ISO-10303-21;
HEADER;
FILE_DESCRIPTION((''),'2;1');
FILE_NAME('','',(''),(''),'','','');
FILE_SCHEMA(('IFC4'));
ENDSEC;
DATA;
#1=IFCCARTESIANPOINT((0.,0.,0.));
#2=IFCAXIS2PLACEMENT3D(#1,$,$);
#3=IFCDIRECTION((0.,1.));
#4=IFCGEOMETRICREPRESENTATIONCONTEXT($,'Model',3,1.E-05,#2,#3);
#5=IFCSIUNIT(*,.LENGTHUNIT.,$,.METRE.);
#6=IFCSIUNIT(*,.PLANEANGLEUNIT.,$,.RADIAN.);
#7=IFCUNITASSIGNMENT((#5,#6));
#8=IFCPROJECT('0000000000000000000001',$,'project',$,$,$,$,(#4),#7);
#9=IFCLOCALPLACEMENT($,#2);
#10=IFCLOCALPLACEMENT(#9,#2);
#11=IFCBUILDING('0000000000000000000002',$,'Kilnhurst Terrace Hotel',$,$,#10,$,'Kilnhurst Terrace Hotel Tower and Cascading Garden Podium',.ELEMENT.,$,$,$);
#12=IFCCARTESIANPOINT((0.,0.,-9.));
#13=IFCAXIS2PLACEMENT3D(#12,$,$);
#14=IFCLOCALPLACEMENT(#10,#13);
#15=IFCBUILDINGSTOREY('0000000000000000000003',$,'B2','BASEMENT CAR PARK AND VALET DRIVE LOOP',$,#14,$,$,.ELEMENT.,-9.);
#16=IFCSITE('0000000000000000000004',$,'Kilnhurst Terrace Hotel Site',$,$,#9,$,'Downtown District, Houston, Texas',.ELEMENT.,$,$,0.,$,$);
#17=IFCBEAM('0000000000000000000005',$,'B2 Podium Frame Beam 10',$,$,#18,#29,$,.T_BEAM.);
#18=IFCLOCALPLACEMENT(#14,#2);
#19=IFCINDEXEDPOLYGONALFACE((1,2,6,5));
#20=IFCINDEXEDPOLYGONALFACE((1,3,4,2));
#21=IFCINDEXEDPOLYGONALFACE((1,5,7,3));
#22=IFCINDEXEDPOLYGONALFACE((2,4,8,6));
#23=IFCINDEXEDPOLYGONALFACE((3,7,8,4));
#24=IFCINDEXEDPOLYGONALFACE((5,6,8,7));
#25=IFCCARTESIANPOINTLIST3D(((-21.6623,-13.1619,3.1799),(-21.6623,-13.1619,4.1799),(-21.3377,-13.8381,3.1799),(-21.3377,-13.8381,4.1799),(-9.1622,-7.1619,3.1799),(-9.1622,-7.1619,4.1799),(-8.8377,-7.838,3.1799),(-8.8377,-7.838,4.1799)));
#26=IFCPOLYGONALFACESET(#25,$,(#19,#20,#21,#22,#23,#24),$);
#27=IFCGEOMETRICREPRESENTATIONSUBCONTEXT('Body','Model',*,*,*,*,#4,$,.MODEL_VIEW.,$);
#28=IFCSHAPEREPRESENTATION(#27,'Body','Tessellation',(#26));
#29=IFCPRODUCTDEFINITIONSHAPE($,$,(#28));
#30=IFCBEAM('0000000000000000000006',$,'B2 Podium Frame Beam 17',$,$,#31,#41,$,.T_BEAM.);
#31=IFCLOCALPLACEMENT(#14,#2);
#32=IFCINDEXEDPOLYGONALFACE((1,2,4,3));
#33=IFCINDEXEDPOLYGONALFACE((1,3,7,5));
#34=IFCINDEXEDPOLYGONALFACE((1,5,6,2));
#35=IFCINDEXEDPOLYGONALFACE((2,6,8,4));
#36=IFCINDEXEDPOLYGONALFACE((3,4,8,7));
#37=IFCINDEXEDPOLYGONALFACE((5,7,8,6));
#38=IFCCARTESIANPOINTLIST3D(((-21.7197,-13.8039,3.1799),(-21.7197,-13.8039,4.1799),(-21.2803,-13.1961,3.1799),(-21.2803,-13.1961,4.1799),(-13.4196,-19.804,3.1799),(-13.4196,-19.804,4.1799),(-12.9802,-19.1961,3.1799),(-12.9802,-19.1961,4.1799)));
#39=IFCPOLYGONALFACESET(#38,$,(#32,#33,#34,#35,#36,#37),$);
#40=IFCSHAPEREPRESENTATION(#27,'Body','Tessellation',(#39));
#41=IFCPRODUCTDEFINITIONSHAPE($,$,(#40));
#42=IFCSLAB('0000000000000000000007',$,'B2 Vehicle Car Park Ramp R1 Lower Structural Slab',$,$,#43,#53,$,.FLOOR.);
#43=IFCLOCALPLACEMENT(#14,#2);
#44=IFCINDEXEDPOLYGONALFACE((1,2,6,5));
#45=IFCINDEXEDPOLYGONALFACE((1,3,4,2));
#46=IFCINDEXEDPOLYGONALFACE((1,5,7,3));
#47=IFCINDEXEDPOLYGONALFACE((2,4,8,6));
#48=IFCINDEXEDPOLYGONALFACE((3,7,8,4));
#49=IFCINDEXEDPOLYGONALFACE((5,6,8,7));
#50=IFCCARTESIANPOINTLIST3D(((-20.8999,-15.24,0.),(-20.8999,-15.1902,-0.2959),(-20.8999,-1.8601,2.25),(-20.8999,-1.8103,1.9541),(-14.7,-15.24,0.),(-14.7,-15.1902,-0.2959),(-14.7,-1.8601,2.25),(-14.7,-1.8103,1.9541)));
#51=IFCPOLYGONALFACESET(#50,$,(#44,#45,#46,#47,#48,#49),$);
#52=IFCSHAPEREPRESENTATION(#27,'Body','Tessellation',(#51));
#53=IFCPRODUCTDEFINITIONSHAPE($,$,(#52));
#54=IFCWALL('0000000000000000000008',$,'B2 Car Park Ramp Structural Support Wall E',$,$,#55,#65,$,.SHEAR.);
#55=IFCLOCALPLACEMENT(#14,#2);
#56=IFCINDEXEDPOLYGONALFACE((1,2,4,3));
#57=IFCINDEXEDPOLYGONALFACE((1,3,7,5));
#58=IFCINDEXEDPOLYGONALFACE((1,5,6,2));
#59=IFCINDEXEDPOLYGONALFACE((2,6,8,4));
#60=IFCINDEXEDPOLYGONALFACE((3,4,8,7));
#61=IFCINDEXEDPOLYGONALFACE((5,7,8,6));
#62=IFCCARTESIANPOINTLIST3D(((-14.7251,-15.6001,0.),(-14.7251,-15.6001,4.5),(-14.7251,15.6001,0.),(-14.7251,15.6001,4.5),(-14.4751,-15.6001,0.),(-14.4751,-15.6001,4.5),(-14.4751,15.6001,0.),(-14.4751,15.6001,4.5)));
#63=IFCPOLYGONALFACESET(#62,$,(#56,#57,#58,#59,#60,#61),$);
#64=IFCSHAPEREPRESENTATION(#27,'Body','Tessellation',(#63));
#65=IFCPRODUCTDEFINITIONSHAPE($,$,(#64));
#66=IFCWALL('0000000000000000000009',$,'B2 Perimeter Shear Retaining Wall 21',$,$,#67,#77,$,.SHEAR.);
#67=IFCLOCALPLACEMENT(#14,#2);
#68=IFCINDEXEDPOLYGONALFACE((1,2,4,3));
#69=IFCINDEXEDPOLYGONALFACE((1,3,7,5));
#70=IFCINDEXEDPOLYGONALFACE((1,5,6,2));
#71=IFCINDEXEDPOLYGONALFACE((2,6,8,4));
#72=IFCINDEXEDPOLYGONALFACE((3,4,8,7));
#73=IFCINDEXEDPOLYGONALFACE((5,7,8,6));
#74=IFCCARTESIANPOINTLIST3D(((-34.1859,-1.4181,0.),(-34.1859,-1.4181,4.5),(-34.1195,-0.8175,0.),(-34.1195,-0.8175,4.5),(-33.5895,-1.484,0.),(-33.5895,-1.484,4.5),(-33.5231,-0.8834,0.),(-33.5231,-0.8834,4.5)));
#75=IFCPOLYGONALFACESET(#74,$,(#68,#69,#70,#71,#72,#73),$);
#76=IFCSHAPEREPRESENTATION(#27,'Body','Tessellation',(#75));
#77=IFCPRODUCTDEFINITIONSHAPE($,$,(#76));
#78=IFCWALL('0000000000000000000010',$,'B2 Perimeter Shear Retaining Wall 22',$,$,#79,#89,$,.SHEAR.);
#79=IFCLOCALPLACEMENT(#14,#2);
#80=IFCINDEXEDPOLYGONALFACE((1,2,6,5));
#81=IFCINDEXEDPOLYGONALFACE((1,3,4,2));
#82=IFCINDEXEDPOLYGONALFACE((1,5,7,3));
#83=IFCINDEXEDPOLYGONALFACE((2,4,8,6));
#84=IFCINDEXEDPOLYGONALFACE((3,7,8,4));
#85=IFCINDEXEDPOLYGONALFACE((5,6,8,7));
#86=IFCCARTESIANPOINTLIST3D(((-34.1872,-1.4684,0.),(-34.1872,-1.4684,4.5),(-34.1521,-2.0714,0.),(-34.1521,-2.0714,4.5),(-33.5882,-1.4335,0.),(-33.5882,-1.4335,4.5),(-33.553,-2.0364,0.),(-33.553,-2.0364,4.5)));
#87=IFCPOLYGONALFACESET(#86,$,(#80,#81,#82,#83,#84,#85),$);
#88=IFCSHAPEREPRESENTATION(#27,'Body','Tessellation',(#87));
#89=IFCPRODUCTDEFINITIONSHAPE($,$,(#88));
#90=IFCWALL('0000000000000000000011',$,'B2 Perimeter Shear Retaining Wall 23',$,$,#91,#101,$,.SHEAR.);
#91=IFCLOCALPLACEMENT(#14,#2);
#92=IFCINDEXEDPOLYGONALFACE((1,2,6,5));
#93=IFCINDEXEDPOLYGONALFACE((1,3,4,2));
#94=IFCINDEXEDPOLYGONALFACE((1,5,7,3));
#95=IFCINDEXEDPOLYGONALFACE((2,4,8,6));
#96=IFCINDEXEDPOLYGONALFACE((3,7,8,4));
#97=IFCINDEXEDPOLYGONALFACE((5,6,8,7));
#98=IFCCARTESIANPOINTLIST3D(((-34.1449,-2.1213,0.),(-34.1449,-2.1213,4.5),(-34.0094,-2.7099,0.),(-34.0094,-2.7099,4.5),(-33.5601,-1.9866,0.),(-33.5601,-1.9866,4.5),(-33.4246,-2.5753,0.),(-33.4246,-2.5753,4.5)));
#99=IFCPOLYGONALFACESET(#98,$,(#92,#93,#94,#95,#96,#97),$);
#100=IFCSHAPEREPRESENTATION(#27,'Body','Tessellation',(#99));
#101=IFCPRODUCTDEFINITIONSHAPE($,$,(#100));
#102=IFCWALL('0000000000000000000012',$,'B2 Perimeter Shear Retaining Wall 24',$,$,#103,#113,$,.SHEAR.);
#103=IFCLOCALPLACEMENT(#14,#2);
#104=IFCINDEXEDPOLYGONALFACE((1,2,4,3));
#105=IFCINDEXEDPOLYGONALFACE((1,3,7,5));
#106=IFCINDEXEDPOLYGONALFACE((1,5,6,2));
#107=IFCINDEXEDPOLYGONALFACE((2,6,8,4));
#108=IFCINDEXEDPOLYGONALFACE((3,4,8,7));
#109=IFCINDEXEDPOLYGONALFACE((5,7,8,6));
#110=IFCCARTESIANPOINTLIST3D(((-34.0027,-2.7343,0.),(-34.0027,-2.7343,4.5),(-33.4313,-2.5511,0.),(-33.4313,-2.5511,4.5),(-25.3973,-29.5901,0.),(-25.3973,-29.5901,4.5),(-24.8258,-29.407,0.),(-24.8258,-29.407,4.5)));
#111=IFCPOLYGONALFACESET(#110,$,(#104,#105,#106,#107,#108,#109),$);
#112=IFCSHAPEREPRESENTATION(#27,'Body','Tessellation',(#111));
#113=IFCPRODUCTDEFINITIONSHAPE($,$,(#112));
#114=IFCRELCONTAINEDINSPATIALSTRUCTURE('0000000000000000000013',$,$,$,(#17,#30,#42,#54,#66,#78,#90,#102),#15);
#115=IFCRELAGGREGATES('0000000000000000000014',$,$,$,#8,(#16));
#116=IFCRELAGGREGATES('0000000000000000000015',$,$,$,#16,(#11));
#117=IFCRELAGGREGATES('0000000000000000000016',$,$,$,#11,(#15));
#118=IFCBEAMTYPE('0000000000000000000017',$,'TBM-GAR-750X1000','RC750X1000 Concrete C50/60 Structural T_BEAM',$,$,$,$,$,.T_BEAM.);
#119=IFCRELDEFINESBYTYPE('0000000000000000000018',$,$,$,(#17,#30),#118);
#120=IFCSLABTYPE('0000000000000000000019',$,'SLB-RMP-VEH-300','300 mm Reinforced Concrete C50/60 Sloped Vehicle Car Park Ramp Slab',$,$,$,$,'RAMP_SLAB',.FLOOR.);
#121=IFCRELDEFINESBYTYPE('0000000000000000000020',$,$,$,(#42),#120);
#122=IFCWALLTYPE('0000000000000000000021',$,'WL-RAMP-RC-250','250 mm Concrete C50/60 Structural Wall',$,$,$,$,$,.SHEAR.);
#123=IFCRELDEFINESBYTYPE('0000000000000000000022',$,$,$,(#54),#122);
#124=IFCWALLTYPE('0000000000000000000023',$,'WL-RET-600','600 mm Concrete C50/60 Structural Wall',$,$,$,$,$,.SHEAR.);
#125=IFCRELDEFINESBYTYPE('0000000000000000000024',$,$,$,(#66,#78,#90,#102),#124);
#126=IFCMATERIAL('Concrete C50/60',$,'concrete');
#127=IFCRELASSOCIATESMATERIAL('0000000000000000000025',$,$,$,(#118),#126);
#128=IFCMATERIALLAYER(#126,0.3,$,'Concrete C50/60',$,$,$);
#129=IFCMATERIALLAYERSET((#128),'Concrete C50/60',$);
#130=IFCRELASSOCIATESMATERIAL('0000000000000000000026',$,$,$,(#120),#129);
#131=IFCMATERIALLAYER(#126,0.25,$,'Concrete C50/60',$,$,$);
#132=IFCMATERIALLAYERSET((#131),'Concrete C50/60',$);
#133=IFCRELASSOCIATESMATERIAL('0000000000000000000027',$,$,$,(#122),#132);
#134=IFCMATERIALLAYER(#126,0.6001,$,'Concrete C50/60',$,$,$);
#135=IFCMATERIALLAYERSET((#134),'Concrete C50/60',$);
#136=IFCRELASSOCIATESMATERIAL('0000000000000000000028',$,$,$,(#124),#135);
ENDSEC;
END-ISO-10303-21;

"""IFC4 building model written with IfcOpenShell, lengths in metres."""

from ifc_helpers import new_model, si_unit, direction, frame, frame_2d, origin, origin_2d, place, context, subcontext, project, spatial, polyline, rectangle, outline, extrude, material, layer, layer_set, material_profile, profile_set, type_object, element, save


model = new_model("IFC4")

# Units and contexts
model_context = context("Model", 3, precision=1e-05, world=origin(), true_north=direction((0.0, 1.0)))
body_context = subcontext(model_context, "Body", "Model", "MODEL_VIEW")
ifc_project = project(units=[si_unit("LENGTHUNIT", "METRE"), si_unit("PLANEANGLEUNIT", "RADIAN")], contexts=[model_context])

# Site, building, storey
site_placement = place(None, origin())
site = spatial("IfcSite", under=ifc_project, at=site_placement, Name="Kilnhurst Terrace Hotel Site", LongName="Downtown District, Houston, Texas", CompositionType="ELEMENT", RefElevation=0.0)
building_placement = place(site_placement, origin())
building = spatial("IfcBuilding", under=site, at=building_placement, Name="Kilnhurst Terrace Hotel", LongName="Kilnhurst Terrace Hotel Tower and Cascading Garden Podium", CompositionType="ELEMENT")
storey_placement = place(building_placement, frame((0.0, 0.0, -9.0)))
storey = spatial("IfcBuildingStorey", under=building, at=storey_placement, Name="B2", Description="BASEMENT CAR PARK AND VALET DRIVE LOOP", CompositionType="ELEMENT", Elevation=-9.0)

# Shared definitions
ifc_material_1 = material(Name="Concrete C50/60", Category="concrete")

# Beams
ifc_material_profile_1 = material_profile(ifc_material_1, rectangle(XDim=0.75, YDim=1.0, at=origin_2d()), Name="RC750X1000")
ifc_profile_set_1 = profile_set([ifc_material_profile_1], Name="Concrete C50/60")
beam_type = type_object("IfcBeamType", Name="TBM-GAR-750X1000", Description="RC750X1000 Concrete C50/60 Structural T_BEAM", PredefinedType="T_BEAM", material=ifc_profile_set_1)
beam_1_placement = place(storey_placement, frame((-21.5, -13.5, 3.6799), z_axis=(0.901523, 0.432731, 0.0), x_axis=(-0.432731, 0.901523, 0.0)))
element("IfcBeam", 1, at=beam_1_placement, inside=storey, type_object=beam_type, Name="B2 Podium Frame Beam 10", PredefinedType="T_BEAM", context=body_context, shape_type="SweptSolid", body=[
    extrude(rectangle(XDim=0.75, YDim=1.0, at=origin_2d()), origin(), (0.0, 0.0, 1.0), 13.8655),
])
beam_2_placement = place(storey_placement, frame((-21.5, -13.5, 3.6799), z_axis=(0.810423, -0.585845, 0.0), x_axis=(0.585845, 0.810423, 0.0)))
element("IfcBeam", 2, at=beam_2_placement, inside=storey, type_object=beam_type, Name="B2 Podium Frame Beam 17", PredefinedType="T_BEAM", context=body_context, shape_type="SweptSolid", body=[
    extrude(rectangle(XDim=0.75, YDim=1.0, at=origin_2d()), origin(), (0.0, 0.0, 1.0), 10.2417),
])

# Slab
ifc_layer_1 = layer(ifc_material_1, 0.3, Name="Concrete C50/60")
ifc_layer_set_1 = layer_set([ifc_layer_1], Name="Concrete C50/60")
slab_type = type_object("IfcSlabType", Name="SLB-RMP-VEH-300", Description="300 mm Reinforced Concrete C50/60 Sloped Vehicle Car Park Ramp Slab", ElementType="RAMP_SLAB", PredefinedType="FLOOR", material=ifc_layer_set_1)
slab_placement = place(storey_placement, frame((-20.8999, -15.24, 0.0), z_axis=(0.0, -0.165834, 0.986154), x_axis=(1.0, 0.0, 0.0)))
element("IfcSlab", 3, at=slab_placement, inside=storey, type_object=slab_type, Name="B2 Vehicle Car Park Ramp R1 Lower Structural Slab", PredefinedType="FLOOR", context=body_context, shape_type="SweptSolid", body=[
    extrude(outline(polyline([(0.0, 0.0), (6.2, 0.0), (6.2, 13.5677), (0.0, 13.5677), (0.0, 0.0)])), origin(), (0.0, 0.0, -1.0), 0.3),
])

# Walls
ifc_layer_2 = layer(ifc_material_1, 0.25, Name="Concrete C50/60")
ifc_layer_set_2 = layer_set([ifc_layer_2], Name="Concrete C50/60")
wall_type_1 = type_object("IfcWallType", Name="WL-RAMP-RC-250", Description="250 mm Concrete C50/60 Structural Wall", PredefinedType="SHEAR", material=ifc_layer_set_2)
wall_1_placement = place(storey_placement, frame((-14.6001, -15.6001, 0.0), z_axis=(0.0, 0.0, 1.0), x_axis=(0.0, 1.0, 0.0)))
element("IfcWall", 4, at=wall_1_placement, inside=storey, type_object=wall_type_1, Name="B2 Car Park Ramp Structural Support Wall E", PredefinedType="SHEAR", context=body_context, shape_type="SweptSolid", body=[
    extrude(rectangle(XDim=31.2002, YDim=0.25, at=frame_2d((15.6001, 0.0))), origin(), (0.0, 0.0, 1.0), 4.5),
])
ifc_layer_3 = layer(ifc_material_1, 0.6001, Name="Concrete C50/60")
ifc_layer_set_3 = layer_set([ifc_layer_3], Name="Concrete C50/60")
wall_type_2 = type_object("IfcWallType", Name="WL-RET-600", Description="600 mm Concrete C50/60 Structural Wall", PredefinedType="SHEAR", material=ifc_layer_set_3)
wall_2_placement = place(storey_placement, frame((-33.8213, -0.8503, 0.0), z_axis=(0.0, 0.0, 1.0), x_axis=(-0.109899, -0.993943, 0.0)))
element("IfcWall", 5, at=wall_2_placement, inside=storey, type_object=wall_type_2, Name="B2 Perimeter Shear Retaining Wall 21", PredefinedType="SHEAR", context=body_context, shape_type="SweptSolid", body=[
    extrude(rectangle(XDim=0.6042, YDim=0.6001, at=frame_2d((0.3022, 0.0))), origin(), (0.0, 0.0, 1.0), 4.5),
])
for number, where, z_axis, x_axis, name in (
    (6, (-33.8877, -1.4509, 0.0), (0.0, 0.0, 1.0), (0.058201, -0.998305, 0.0), "B2 Perimeter Shear Retaining Wall 22"),
    (7, (-33.8525, -2.054, 0.0), (0.0, 0.0, 1.0), (0.224328, -0.974514, 0.0), "B2 Perimeter Shear Retaining Wall 23"),
):
    element("IfcWall", number, at=place(storey_placement, frame(where, z_axis=z_axis, x_axis=x_axis)), inside=storey, type_object=wall_type_2, Name=name, PredefinedType="SHEAR", context=body_context, shape_type="SweptSolid", body=[
        extrude(rectangle(XDim=0.604, YDim=0.6001, at=frame_2d((0.302, 0.0))), origin(), (0.0, 0.0, 1.0), 4.5),
    ])
wall_3_placement = place(storey_placement, frame((-33.717, -2.6426, 0.0), z_axis=(0.0, 0.0, 1.0), x_axis=(0.305148, -0.952305, 0.0)))
element("IfcWall", 8, at=wall_3_placement, inside=storey, type_object=wall_type_2, Name="B2 Perimeter Shear Retaining Wall 24", PredefinedType="SHEAR", context=body_context, shape_type="SweptSolid", body=[
    extrude(rectangle(XDim=28.2009, YDim=0.6001, at=frame_2d((14.1006, 0.0))), origin(), (0.0, 0.0, 1.0), 4.5),
])

save(model, "model.ifc")
